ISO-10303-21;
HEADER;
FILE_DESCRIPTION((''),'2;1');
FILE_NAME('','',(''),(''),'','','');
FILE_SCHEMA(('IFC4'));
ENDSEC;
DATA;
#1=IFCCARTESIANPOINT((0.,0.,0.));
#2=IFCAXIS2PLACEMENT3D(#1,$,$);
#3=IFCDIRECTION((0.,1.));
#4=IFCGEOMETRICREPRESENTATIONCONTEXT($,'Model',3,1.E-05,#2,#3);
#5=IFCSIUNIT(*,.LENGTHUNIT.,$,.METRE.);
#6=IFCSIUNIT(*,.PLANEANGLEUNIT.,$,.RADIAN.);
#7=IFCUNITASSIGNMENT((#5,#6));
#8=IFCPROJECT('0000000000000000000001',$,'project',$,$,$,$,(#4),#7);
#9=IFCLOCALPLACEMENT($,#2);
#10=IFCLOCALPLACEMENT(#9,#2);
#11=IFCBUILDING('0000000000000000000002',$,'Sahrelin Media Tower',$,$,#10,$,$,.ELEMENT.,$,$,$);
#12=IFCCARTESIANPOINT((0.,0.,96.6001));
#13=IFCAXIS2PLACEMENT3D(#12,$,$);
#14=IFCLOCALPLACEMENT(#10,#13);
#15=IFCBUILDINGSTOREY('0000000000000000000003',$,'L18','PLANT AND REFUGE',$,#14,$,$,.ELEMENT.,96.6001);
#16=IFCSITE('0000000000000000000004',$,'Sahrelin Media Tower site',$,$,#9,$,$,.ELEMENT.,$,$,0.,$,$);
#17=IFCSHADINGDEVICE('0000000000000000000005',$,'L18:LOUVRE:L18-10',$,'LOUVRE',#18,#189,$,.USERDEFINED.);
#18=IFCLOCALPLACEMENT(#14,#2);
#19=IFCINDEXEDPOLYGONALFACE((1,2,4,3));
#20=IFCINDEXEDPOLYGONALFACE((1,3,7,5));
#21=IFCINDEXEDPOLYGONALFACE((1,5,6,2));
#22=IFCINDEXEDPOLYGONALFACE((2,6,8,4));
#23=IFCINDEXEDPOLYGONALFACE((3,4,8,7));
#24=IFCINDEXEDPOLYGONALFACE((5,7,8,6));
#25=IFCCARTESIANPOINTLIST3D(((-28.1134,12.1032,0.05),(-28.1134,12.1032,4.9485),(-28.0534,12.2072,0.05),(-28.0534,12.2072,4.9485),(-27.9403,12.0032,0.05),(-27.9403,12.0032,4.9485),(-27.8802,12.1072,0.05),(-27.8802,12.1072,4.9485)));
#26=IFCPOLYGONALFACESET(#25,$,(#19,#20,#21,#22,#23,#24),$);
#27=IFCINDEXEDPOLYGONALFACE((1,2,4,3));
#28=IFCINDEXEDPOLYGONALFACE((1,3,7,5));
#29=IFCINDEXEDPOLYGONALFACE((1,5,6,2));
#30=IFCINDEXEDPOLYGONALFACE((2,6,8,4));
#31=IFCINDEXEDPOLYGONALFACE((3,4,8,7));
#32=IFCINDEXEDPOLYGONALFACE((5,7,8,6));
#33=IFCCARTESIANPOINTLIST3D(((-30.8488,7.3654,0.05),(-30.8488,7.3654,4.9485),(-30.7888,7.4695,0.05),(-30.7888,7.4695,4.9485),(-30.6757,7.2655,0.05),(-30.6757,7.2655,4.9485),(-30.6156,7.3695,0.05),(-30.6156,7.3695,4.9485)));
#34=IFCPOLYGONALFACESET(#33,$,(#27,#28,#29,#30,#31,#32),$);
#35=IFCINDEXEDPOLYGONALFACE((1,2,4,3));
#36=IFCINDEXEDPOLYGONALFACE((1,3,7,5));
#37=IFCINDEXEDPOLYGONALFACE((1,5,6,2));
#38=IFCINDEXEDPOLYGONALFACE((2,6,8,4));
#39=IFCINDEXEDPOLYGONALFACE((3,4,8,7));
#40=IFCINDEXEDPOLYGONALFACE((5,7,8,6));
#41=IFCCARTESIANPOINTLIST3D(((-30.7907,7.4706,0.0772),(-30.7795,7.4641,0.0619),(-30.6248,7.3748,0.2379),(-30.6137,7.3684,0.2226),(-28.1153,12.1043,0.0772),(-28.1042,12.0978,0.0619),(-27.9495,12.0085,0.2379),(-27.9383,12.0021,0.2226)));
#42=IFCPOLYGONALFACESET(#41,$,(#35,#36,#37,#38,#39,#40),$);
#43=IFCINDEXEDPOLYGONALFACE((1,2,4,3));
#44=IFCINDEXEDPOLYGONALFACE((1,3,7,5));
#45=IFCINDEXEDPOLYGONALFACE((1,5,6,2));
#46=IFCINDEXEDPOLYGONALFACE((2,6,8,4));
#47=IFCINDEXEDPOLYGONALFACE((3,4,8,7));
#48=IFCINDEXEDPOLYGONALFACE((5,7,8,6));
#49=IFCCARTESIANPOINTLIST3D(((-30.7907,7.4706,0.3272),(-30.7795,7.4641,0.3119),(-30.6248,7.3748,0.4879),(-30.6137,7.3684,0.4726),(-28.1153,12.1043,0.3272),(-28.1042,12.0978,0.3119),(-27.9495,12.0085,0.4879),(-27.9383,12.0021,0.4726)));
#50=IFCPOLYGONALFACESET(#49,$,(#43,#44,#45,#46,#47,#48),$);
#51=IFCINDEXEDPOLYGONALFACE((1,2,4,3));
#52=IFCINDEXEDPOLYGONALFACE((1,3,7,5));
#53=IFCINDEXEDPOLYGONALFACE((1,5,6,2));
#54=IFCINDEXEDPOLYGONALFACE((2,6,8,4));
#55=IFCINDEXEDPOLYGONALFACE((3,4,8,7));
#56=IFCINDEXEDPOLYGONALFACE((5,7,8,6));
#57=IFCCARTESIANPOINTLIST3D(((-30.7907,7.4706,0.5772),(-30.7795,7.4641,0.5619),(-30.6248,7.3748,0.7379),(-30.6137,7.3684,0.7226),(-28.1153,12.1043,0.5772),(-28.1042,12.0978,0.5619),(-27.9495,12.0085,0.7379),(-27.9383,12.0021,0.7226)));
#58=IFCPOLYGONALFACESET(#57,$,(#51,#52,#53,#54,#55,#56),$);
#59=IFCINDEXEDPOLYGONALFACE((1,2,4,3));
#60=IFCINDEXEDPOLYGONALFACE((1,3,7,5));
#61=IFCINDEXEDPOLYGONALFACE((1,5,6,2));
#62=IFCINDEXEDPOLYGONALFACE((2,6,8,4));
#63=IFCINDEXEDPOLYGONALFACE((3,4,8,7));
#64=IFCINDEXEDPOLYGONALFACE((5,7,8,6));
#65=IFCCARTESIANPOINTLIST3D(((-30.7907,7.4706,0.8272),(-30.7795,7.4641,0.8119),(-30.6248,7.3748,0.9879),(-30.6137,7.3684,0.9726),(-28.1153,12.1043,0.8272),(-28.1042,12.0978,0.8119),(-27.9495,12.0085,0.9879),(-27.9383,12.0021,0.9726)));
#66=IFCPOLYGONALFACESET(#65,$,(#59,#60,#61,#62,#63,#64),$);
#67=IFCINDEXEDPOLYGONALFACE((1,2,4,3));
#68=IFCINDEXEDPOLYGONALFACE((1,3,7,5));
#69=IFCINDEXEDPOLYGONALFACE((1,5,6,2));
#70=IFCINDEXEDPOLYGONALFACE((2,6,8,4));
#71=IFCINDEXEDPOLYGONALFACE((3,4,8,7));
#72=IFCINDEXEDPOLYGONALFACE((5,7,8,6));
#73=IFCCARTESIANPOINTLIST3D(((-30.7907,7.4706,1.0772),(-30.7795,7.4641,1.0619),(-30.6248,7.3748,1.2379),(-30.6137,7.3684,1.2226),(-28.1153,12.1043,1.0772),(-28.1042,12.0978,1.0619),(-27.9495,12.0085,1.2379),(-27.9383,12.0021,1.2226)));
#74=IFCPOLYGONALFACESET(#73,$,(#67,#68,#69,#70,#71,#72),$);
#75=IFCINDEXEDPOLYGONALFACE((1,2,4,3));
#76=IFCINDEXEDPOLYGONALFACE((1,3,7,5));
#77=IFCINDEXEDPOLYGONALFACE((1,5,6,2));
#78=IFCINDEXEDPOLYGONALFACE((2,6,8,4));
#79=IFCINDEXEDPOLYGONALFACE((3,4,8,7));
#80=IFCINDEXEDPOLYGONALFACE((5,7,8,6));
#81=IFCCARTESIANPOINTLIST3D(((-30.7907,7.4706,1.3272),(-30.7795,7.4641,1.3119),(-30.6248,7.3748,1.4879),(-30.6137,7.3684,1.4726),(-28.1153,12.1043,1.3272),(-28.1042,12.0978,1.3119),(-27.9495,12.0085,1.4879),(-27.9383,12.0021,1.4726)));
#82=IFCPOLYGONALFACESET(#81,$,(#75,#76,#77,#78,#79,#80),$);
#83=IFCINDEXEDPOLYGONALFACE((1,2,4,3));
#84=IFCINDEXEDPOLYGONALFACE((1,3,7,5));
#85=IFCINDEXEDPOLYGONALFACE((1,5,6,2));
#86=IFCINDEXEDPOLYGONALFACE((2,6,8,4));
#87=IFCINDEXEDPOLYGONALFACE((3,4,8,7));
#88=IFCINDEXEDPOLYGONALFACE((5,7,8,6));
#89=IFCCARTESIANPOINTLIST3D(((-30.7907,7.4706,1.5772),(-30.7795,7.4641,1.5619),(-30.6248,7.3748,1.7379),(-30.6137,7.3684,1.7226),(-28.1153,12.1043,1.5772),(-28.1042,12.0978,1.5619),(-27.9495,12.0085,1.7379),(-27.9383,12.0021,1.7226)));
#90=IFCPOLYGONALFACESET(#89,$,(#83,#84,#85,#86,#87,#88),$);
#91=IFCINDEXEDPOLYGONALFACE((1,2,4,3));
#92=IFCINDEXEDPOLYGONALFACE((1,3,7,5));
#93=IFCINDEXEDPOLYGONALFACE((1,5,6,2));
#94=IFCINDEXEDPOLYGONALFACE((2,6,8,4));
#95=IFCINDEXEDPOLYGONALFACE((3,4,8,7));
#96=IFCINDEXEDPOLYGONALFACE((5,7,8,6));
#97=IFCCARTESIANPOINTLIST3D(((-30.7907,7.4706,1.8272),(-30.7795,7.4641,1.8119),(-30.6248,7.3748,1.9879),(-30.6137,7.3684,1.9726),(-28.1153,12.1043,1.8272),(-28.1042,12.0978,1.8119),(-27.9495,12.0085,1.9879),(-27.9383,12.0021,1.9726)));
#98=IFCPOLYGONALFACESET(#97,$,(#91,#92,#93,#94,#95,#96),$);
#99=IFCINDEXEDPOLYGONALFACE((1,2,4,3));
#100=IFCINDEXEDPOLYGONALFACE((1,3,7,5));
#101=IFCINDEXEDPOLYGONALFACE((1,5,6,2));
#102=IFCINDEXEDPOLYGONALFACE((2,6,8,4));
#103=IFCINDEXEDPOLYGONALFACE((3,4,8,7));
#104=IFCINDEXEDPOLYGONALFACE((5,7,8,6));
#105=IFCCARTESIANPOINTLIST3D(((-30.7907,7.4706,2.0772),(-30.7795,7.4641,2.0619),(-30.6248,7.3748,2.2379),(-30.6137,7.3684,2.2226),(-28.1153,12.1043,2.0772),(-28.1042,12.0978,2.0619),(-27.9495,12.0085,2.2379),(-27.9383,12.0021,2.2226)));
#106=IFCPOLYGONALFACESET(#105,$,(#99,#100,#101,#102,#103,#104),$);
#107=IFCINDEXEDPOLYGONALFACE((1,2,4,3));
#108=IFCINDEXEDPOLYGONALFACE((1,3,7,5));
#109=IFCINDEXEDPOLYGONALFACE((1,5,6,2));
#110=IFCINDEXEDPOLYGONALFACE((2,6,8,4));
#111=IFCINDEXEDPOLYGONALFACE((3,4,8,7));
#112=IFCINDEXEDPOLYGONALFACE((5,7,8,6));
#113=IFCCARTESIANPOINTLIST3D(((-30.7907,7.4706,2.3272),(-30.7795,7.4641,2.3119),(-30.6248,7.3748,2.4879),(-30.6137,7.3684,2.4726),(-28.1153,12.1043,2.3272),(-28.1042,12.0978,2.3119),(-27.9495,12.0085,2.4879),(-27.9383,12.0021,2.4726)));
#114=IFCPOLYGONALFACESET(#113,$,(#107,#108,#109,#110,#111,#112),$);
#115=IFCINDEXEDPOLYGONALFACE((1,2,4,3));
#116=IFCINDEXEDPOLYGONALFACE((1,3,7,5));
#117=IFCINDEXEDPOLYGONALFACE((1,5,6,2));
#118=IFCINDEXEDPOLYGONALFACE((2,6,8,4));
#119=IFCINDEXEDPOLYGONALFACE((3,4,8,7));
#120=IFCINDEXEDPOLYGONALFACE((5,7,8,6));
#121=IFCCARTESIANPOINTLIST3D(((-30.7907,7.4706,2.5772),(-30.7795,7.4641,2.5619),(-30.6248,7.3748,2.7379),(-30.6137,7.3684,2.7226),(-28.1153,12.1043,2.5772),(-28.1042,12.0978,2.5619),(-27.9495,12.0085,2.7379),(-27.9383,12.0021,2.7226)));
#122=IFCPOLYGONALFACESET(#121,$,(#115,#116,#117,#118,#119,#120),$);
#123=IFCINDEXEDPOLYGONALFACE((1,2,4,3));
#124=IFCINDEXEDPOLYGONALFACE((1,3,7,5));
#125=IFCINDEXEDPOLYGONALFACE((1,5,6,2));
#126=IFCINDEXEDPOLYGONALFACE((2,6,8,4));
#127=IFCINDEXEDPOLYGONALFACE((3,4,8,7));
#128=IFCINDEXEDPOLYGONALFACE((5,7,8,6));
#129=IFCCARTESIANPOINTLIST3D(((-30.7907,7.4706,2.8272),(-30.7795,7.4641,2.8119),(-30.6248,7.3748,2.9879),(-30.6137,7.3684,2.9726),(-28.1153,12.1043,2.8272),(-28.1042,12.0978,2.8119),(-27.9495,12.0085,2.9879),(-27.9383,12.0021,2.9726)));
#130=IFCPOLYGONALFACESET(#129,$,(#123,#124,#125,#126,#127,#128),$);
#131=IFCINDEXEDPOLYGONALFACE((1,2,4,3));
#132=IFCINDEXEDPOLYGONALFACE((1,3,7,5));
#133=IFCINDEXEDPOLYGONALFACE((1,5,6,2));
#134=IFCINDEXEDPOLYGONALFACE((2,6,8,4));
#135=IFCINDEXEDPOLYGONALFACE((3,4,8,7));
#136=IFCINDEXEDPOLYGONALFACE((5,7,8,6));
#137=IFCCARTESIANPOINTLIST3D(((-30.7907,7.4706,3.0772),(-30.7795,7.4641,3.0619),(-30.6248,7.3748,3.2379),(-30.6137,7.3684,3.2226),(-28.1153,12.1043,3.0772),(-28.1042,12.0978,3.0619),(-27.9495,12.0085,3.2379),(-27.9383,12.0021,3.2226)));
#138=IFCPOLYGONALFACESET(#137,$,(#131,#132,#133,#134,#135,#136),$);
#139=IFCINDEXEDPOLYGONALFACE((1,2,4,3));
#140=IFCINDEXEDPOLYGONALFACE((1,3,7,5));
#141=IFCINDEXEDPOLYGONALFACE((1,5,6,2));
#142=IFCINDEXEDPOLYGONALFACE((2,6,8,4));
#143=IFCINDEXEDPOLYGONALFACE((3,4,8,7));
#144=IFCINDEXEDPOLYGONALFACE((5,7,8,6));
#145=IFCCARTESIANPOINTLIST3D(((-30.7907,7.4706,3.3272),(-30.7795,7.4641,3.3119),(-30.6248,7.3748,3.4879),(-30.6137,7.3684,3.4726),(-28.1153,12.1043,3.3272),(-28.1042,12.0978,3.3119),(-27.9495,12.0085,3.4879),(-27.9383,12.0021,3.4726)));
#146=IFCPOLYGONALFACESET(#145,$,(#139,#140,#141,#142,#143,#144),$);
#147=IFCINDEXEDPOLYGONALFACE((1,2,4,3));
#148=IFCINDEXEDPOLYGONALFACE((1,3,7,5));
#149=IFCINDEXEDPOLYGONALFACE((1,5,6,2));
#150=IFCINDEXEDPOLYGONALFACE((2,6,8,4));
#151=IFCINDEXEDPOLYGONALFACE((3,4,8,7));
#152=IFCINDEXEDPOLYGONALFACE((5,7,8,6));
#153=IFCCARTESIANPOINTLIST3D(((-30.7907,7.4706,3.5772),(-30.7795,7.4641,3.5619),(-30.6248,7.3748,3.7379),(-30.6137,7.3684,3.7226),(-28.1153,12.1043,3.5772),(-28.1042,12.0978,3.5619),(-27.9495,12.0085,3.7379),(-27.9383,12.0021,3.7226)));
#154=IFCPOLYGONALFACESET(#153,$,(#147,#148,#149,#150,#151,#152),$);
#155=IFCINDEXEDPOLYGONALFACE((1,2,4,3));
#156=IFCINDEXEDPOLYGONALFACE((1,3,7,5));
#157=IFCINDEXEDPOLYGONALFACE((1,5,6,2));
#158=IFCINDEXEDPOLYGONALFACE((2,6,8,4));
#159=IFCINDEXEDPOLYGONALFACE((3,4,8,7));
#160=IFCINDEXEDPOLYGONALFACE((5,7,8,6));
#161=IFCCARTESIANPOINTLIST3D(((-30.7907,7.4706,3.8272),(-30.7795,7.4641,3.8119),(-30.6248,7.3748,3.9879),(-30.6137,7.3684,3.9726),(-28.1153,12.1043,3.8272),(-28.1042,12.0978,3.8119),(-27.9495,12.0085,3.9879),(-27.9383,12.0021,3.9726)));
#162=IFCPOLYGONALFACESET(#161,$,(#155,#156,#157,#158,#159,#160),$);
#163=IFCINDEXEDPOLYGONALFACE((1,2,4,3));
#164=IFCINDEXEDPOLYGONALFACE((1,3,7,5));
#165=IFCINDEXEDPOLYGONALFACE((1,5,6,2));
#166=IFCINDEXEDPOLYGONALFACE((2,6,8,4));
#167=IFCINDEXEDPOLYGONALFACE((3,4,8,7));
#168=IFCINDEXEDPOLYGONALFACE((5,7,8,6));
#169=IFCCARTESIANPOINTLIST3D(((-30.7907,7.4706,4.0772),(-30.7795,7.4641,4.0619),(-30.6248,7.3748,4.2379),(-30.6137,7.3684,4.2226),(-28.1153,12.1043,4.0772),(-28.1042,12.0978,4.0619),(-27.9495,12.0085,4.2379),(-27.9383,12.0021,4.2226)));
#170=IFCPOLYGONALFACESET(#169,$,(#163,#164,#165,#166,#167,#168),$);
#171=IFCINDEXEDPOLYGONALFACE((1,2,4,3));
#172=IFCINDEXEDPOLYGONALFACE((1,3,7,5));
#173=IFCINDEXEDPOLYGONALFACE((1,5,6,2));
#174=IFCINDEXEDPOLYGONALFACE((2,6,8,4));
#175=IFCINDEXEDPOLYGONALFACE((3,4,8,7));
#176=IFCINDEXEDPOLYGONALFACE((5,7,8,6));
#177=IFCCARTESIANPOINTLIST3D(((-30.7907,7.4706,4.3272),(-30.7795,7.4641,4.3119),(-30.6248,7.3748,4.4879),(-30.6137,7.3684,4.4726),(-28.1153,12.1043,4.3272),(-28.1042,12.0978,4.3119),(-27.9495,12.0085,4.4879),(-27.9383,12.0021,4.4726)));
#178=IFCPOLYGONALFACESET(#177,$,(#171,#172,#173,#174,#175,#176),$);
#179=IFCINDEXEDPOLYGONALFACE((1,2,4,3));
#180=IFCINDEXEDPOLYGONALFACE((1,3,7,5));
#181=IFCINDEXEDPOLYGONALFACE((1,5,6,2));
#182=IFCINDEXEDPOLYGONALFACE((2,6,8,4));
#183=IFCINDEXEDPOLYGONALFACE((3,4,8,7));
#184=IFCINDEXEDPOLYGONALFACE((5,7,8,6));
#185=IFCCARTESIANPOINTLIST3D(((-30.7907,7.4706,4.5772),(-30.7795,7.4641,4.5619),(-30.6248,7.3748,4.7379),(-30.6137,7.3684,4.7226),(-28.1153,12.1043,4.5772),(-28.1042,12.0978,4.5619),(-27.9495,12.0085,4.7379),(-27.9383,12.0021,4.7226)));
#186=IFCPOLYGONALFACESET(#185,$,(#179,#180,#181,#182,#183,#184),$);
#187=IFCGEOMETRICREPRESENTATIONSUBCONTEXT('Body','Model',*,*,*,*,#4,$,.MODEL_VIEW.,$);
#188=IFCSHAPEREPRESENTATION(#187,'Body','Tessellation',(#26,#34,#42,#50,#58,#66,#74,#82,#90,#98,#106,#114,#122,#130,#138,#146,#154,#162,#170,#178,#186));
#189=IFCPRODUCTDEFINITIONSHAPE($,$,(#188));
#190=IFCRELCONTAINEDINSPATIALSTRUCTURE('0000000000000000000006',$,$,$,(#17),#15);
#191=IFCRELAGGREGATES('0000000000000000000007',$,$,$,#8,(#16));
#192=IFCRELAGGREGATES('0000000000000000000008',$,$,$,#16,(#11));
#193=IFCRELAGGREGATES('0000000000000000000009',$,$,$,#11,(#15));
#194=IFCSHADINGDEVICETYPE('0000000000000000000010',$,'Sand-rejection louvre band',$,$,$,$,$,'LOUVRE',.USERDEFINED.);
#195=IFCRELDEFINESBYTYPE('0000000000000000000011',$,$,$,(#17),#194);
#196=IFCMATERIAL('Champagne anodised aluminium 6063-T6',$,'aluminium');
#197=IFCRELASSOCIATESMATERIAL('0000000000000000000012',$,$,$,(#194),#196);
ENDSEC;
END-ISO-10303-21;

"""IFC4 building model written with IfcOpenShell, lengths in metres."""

from ifc_helpers import new_model, si_unit, direction, frame, origin, origin_2d, place, context, subcontext, project, spatial, rectangle, extrude, material, type_object, element, save


model = new_model("IFC4")

# Units and contexts
model_context = context("Model", 3, precision=1e-05, world=origin(), true_north=direction((0.0, 1.0)))
body_context = subcontext(model_context, "Body", "Model", "MODEL_VIEW")
ifc_project = project(units=[si_unit("LENGTHUNIT", "METRE"), si_unit("PLANEANGLEUNIT", "RADIAN")], contexts=[model_context])

# Site, building, storey
site_placement = place(None, origin())
site = spatial("IfcSite", under=ifc_project, at=site_placement, Name="Sahrelin Media Tower site", CompositionType="ELEMENT", RefElevation=0.0)
building_placement = place(site_placement, origin())
building = spatial("IfcBuilding", under=site, at=building_placement, Name="Sahrelin Media Tower", CompositionType="ELEMENT")
storey_placement = place(building_placement, frame((0.0, 0.0, 96.6001)))
storey = spatial("IfcBuildingStorey", under=building, at=storey_placement, Name="L18", Description="PLANT AND REFUGE", CompositionType="ELEMENT", Elevation=96.6001)

# Shading device
ifc_material_1 = material(Name="Champagne anodised aluminium 6063-T6", Category="aluminium")
shading_device_type = type_object("IfcShadingDeviceType", Name="Sand-rejection louvre band", ElementType="LOUVRE", PredefinedType="USERDEFINED", material=ifc_material_1)
shading_device_1_placement = place(storey_placement, frame((-29.2778, 9.6863, 0.0), z_axis=(0.0, 0.0, 1.0), x_axis=(0.500011, 0.866019, 0.0)))
element("IfcShadingDevice", 1, at=shading_device_1_placement, inside=storey, type_object=shading_device_type, Name="L18:LOUVRE:L18-10", ObjectType="LOUVRE", PredefinedType="USERDEFINED", context=body_context, shape_type="SweptSolid", body=[
    extrude(rectangle(XDim=0.1201, YDim=0.2, at=origin_2d()), frame((2.7354, 0.1001, 0.05), z_axis=(0.0, 0.0, 1.0), x_axis=(1.0, 0.0, 0.0)), (0.0, 0.0, 1.0), 4.8984),
    extrude(rectangle(XDim=0.1201, YDim=0.2, at=origin_2d()), frame((-2.7354, 0.1001, 0.05), z_axis=(0.0, 0.0, 1.0), x_axis=(1.0, 0.0, 0.0)), (0.0, 0.0, 1.0), 4.8984),
    extrude(rectangle(XDim=0.25, YDim=0.02, at=origin_2d()), frame((2.6753, 0.1001, 0.1499), z_axis=(-1.0, 0.0, 0.0), x_axis=(0.0, -0.766044, 0.642788)), (0.0, 0.0, 1.0), 5.3506),
    extrude(rectangle(XDim=0.25, YDim=0.02, at=origin_2d()), frame((2.6753, 0.1001, 0.3999), z_axis=(-1.0, 0.0, 0.0), x_axis=(0.0, -0.766044, 0.642788)), (0.0, 0.0, 1.0), 5.3506),
    extrude(rectangle(XDim=0.25, YDim=0.02, at=origin_2d()), frame((2.6753, 0.1001, 0.6499), z_axis=(-1.0, 0.0, 0.0), x_axis=(0.0, -0.766044, 0.642788)), (0.0, 0.0, 1.0), 5.3506),
    extrude(rectangle(XDim=0.25, YDim=0.02, at=origin_2d()), frame((2.6753, 0.1001, 0.8999), z_axis=(-1.0, 0.0, 0.0), x_axis=(0.0, -0.766044, 0.642788)), (0.0, 0.0, 1.0), 5.3506),
    extrude(rectangle(XDim=0.25, YDim=0.02, at=origin_2d()), frame((2.6753, 0.1001, 1.1499), z_axis=(-1.0, 0.0, 0.0), x_axis=(0.0, -0.766044, 0.642788)), (0.0, 0.0, 1.0), 5.3506),
    extrude(rectangle(XDim=0.25, YDim=0.02, at=origin_2d()), frame((2.6753, 0.1001, 1.3999), z_axis=(-1.0, 0.0, 0.0), x_axis=(0.0, -0.766044, 0.642788)), (0.0, 0.0, 1.0), 5.3506),
    extrude(rectangle(XDim=0.25, YDim=0.02, at=origin_2d()), frame((2.6753, 0.1001, 1.6499), z_axis=(-1.0, 0.0, 0.0), x_axis=(0.0, -0.766044, 0.642788)), (0.0, 0.0, 1.0), 5.3506),
    extrude(rectangle(XDim=0.25, YDim=0.02, at=origin_2d()), frame((2.6753, 0.1001, 1.8999), z_axis=(-1.0, 0.0, 0.0), x_axis=(0.0, -0.766044, 0.642788)), (0.0, 0.0, 1.0), 5.3506),
    extrude(rectangle(XDim=0.25, YDim=0.02, at=origin_2d()), frame((2.6753, 0.1001, 2.1499), z_axis=(-1.0, 0.0, 0.0), x_axis=(0.0, -0.766044, 0.642788)), (0.0, 0.0, 1.0), 5.3506),
    extrude(rectangle(XDim=0.25, YDim=0.02, at=origin_2d()), frame((2.6753, 0.1001, 2.3999), z_axis=(-1.0, 0.0, 0.0), x_axis=(0.0, -0.766044, 0.642788)), (0.0, 0.0, 1.0), 5.3506),
    extrude(rectangle(XDim=0.25, YDim=0.02, at=origin_2d()), frame((2.6753, 0.1001, 2.6499), z_axis=(-1.0, 0.0, 0.0), x_axis=(0.0, -0.766044, 0.642788)), (0.0, 0.0, 1.0), 5.3506),
    extrude(rectangle(XDim=0.25, YDim=0.02, at=origin_2d()), frame((2.6753, 0.1001, 2.8999), z_axis=(-1.0, 0.0, 0.0), x_axis=(0.0, -0.766044, 0.642788)), (0.0, 0.0, 1.0), 5.3506),
    extrude(rectangle(XDim=0.25, YDim=0.02, at=origin_2d()), frame((2.6753, 0.1001, 3.1499), z_axis=(-1.0, 0.0, 0.0), x_axis=(0.0, -0.766044, 0.642788)), (0.0, 0.0, 1.0), 5.3506),
    extrude(rectangle(XDim=0.25, YDim=0.02, at=origin_2d()), frame((2.6753, 0.1001, 3.3999), z_axis=(-1.0, 0.0, 0.0), x_axis=(0.0, -0.766044, 0.642788)), (0.0, 0.0, 1.0), 5.3506),
    extrude(rectangle(XDim=0.25, YDim=0.02, at=origin_2d()), frame((2.6753, 0.1001, 3.6499), z_axis=(-1.0, 0.0, 0.0), x_axis=(0.0, -0.766044, 0.642788)), (0.0, 0.0, 1.0), 5.3506),
    extrude(rectangle(XDim=0.25, YDim=0.02, at=origin_2d()), frame((2.6753, 0.1001, 3.8999), z_axis=(-1.0, 0.0, 0.0), x_axis=(0.0, -0.766044, 0.642788)), (0.0, 0.0, 1.0), 5.3506),
    extrude(rectangle(XDim=0.25, YDim=0.02, at=origin_2d()), frame((2.6753, 0.1001, 4.1499), z_axis=(-1.0, 0.0, 0.0), x_axis=(0.0, -0.766044, 0.642788)), (0.0, 0.0, 1.0), 5.3506),
    extrude(rectangle(XDim=0.25, YDim=0.02, at=origin_2d()), frame((2.6753, 0.1001, 4.3999), z_axis=(-1.0, 0.0, 0.0), x_axis=(0.0, -0.766044, 0.642788)), (0.0, 0.0, 1.0), 5.3506),
    extrude(rectangle(XDim=0.25, YDim=0.02, at=origin_2d()), frame((2.6753, 0.1001, 4.6499), z_axis=(-1.0, 0.0, 0.0), x_axis=(0.0, -0.766044, 0.642788)), (0.0, 0.0, 1.0), 5.3506),
])

save(model, "model.ifc")
